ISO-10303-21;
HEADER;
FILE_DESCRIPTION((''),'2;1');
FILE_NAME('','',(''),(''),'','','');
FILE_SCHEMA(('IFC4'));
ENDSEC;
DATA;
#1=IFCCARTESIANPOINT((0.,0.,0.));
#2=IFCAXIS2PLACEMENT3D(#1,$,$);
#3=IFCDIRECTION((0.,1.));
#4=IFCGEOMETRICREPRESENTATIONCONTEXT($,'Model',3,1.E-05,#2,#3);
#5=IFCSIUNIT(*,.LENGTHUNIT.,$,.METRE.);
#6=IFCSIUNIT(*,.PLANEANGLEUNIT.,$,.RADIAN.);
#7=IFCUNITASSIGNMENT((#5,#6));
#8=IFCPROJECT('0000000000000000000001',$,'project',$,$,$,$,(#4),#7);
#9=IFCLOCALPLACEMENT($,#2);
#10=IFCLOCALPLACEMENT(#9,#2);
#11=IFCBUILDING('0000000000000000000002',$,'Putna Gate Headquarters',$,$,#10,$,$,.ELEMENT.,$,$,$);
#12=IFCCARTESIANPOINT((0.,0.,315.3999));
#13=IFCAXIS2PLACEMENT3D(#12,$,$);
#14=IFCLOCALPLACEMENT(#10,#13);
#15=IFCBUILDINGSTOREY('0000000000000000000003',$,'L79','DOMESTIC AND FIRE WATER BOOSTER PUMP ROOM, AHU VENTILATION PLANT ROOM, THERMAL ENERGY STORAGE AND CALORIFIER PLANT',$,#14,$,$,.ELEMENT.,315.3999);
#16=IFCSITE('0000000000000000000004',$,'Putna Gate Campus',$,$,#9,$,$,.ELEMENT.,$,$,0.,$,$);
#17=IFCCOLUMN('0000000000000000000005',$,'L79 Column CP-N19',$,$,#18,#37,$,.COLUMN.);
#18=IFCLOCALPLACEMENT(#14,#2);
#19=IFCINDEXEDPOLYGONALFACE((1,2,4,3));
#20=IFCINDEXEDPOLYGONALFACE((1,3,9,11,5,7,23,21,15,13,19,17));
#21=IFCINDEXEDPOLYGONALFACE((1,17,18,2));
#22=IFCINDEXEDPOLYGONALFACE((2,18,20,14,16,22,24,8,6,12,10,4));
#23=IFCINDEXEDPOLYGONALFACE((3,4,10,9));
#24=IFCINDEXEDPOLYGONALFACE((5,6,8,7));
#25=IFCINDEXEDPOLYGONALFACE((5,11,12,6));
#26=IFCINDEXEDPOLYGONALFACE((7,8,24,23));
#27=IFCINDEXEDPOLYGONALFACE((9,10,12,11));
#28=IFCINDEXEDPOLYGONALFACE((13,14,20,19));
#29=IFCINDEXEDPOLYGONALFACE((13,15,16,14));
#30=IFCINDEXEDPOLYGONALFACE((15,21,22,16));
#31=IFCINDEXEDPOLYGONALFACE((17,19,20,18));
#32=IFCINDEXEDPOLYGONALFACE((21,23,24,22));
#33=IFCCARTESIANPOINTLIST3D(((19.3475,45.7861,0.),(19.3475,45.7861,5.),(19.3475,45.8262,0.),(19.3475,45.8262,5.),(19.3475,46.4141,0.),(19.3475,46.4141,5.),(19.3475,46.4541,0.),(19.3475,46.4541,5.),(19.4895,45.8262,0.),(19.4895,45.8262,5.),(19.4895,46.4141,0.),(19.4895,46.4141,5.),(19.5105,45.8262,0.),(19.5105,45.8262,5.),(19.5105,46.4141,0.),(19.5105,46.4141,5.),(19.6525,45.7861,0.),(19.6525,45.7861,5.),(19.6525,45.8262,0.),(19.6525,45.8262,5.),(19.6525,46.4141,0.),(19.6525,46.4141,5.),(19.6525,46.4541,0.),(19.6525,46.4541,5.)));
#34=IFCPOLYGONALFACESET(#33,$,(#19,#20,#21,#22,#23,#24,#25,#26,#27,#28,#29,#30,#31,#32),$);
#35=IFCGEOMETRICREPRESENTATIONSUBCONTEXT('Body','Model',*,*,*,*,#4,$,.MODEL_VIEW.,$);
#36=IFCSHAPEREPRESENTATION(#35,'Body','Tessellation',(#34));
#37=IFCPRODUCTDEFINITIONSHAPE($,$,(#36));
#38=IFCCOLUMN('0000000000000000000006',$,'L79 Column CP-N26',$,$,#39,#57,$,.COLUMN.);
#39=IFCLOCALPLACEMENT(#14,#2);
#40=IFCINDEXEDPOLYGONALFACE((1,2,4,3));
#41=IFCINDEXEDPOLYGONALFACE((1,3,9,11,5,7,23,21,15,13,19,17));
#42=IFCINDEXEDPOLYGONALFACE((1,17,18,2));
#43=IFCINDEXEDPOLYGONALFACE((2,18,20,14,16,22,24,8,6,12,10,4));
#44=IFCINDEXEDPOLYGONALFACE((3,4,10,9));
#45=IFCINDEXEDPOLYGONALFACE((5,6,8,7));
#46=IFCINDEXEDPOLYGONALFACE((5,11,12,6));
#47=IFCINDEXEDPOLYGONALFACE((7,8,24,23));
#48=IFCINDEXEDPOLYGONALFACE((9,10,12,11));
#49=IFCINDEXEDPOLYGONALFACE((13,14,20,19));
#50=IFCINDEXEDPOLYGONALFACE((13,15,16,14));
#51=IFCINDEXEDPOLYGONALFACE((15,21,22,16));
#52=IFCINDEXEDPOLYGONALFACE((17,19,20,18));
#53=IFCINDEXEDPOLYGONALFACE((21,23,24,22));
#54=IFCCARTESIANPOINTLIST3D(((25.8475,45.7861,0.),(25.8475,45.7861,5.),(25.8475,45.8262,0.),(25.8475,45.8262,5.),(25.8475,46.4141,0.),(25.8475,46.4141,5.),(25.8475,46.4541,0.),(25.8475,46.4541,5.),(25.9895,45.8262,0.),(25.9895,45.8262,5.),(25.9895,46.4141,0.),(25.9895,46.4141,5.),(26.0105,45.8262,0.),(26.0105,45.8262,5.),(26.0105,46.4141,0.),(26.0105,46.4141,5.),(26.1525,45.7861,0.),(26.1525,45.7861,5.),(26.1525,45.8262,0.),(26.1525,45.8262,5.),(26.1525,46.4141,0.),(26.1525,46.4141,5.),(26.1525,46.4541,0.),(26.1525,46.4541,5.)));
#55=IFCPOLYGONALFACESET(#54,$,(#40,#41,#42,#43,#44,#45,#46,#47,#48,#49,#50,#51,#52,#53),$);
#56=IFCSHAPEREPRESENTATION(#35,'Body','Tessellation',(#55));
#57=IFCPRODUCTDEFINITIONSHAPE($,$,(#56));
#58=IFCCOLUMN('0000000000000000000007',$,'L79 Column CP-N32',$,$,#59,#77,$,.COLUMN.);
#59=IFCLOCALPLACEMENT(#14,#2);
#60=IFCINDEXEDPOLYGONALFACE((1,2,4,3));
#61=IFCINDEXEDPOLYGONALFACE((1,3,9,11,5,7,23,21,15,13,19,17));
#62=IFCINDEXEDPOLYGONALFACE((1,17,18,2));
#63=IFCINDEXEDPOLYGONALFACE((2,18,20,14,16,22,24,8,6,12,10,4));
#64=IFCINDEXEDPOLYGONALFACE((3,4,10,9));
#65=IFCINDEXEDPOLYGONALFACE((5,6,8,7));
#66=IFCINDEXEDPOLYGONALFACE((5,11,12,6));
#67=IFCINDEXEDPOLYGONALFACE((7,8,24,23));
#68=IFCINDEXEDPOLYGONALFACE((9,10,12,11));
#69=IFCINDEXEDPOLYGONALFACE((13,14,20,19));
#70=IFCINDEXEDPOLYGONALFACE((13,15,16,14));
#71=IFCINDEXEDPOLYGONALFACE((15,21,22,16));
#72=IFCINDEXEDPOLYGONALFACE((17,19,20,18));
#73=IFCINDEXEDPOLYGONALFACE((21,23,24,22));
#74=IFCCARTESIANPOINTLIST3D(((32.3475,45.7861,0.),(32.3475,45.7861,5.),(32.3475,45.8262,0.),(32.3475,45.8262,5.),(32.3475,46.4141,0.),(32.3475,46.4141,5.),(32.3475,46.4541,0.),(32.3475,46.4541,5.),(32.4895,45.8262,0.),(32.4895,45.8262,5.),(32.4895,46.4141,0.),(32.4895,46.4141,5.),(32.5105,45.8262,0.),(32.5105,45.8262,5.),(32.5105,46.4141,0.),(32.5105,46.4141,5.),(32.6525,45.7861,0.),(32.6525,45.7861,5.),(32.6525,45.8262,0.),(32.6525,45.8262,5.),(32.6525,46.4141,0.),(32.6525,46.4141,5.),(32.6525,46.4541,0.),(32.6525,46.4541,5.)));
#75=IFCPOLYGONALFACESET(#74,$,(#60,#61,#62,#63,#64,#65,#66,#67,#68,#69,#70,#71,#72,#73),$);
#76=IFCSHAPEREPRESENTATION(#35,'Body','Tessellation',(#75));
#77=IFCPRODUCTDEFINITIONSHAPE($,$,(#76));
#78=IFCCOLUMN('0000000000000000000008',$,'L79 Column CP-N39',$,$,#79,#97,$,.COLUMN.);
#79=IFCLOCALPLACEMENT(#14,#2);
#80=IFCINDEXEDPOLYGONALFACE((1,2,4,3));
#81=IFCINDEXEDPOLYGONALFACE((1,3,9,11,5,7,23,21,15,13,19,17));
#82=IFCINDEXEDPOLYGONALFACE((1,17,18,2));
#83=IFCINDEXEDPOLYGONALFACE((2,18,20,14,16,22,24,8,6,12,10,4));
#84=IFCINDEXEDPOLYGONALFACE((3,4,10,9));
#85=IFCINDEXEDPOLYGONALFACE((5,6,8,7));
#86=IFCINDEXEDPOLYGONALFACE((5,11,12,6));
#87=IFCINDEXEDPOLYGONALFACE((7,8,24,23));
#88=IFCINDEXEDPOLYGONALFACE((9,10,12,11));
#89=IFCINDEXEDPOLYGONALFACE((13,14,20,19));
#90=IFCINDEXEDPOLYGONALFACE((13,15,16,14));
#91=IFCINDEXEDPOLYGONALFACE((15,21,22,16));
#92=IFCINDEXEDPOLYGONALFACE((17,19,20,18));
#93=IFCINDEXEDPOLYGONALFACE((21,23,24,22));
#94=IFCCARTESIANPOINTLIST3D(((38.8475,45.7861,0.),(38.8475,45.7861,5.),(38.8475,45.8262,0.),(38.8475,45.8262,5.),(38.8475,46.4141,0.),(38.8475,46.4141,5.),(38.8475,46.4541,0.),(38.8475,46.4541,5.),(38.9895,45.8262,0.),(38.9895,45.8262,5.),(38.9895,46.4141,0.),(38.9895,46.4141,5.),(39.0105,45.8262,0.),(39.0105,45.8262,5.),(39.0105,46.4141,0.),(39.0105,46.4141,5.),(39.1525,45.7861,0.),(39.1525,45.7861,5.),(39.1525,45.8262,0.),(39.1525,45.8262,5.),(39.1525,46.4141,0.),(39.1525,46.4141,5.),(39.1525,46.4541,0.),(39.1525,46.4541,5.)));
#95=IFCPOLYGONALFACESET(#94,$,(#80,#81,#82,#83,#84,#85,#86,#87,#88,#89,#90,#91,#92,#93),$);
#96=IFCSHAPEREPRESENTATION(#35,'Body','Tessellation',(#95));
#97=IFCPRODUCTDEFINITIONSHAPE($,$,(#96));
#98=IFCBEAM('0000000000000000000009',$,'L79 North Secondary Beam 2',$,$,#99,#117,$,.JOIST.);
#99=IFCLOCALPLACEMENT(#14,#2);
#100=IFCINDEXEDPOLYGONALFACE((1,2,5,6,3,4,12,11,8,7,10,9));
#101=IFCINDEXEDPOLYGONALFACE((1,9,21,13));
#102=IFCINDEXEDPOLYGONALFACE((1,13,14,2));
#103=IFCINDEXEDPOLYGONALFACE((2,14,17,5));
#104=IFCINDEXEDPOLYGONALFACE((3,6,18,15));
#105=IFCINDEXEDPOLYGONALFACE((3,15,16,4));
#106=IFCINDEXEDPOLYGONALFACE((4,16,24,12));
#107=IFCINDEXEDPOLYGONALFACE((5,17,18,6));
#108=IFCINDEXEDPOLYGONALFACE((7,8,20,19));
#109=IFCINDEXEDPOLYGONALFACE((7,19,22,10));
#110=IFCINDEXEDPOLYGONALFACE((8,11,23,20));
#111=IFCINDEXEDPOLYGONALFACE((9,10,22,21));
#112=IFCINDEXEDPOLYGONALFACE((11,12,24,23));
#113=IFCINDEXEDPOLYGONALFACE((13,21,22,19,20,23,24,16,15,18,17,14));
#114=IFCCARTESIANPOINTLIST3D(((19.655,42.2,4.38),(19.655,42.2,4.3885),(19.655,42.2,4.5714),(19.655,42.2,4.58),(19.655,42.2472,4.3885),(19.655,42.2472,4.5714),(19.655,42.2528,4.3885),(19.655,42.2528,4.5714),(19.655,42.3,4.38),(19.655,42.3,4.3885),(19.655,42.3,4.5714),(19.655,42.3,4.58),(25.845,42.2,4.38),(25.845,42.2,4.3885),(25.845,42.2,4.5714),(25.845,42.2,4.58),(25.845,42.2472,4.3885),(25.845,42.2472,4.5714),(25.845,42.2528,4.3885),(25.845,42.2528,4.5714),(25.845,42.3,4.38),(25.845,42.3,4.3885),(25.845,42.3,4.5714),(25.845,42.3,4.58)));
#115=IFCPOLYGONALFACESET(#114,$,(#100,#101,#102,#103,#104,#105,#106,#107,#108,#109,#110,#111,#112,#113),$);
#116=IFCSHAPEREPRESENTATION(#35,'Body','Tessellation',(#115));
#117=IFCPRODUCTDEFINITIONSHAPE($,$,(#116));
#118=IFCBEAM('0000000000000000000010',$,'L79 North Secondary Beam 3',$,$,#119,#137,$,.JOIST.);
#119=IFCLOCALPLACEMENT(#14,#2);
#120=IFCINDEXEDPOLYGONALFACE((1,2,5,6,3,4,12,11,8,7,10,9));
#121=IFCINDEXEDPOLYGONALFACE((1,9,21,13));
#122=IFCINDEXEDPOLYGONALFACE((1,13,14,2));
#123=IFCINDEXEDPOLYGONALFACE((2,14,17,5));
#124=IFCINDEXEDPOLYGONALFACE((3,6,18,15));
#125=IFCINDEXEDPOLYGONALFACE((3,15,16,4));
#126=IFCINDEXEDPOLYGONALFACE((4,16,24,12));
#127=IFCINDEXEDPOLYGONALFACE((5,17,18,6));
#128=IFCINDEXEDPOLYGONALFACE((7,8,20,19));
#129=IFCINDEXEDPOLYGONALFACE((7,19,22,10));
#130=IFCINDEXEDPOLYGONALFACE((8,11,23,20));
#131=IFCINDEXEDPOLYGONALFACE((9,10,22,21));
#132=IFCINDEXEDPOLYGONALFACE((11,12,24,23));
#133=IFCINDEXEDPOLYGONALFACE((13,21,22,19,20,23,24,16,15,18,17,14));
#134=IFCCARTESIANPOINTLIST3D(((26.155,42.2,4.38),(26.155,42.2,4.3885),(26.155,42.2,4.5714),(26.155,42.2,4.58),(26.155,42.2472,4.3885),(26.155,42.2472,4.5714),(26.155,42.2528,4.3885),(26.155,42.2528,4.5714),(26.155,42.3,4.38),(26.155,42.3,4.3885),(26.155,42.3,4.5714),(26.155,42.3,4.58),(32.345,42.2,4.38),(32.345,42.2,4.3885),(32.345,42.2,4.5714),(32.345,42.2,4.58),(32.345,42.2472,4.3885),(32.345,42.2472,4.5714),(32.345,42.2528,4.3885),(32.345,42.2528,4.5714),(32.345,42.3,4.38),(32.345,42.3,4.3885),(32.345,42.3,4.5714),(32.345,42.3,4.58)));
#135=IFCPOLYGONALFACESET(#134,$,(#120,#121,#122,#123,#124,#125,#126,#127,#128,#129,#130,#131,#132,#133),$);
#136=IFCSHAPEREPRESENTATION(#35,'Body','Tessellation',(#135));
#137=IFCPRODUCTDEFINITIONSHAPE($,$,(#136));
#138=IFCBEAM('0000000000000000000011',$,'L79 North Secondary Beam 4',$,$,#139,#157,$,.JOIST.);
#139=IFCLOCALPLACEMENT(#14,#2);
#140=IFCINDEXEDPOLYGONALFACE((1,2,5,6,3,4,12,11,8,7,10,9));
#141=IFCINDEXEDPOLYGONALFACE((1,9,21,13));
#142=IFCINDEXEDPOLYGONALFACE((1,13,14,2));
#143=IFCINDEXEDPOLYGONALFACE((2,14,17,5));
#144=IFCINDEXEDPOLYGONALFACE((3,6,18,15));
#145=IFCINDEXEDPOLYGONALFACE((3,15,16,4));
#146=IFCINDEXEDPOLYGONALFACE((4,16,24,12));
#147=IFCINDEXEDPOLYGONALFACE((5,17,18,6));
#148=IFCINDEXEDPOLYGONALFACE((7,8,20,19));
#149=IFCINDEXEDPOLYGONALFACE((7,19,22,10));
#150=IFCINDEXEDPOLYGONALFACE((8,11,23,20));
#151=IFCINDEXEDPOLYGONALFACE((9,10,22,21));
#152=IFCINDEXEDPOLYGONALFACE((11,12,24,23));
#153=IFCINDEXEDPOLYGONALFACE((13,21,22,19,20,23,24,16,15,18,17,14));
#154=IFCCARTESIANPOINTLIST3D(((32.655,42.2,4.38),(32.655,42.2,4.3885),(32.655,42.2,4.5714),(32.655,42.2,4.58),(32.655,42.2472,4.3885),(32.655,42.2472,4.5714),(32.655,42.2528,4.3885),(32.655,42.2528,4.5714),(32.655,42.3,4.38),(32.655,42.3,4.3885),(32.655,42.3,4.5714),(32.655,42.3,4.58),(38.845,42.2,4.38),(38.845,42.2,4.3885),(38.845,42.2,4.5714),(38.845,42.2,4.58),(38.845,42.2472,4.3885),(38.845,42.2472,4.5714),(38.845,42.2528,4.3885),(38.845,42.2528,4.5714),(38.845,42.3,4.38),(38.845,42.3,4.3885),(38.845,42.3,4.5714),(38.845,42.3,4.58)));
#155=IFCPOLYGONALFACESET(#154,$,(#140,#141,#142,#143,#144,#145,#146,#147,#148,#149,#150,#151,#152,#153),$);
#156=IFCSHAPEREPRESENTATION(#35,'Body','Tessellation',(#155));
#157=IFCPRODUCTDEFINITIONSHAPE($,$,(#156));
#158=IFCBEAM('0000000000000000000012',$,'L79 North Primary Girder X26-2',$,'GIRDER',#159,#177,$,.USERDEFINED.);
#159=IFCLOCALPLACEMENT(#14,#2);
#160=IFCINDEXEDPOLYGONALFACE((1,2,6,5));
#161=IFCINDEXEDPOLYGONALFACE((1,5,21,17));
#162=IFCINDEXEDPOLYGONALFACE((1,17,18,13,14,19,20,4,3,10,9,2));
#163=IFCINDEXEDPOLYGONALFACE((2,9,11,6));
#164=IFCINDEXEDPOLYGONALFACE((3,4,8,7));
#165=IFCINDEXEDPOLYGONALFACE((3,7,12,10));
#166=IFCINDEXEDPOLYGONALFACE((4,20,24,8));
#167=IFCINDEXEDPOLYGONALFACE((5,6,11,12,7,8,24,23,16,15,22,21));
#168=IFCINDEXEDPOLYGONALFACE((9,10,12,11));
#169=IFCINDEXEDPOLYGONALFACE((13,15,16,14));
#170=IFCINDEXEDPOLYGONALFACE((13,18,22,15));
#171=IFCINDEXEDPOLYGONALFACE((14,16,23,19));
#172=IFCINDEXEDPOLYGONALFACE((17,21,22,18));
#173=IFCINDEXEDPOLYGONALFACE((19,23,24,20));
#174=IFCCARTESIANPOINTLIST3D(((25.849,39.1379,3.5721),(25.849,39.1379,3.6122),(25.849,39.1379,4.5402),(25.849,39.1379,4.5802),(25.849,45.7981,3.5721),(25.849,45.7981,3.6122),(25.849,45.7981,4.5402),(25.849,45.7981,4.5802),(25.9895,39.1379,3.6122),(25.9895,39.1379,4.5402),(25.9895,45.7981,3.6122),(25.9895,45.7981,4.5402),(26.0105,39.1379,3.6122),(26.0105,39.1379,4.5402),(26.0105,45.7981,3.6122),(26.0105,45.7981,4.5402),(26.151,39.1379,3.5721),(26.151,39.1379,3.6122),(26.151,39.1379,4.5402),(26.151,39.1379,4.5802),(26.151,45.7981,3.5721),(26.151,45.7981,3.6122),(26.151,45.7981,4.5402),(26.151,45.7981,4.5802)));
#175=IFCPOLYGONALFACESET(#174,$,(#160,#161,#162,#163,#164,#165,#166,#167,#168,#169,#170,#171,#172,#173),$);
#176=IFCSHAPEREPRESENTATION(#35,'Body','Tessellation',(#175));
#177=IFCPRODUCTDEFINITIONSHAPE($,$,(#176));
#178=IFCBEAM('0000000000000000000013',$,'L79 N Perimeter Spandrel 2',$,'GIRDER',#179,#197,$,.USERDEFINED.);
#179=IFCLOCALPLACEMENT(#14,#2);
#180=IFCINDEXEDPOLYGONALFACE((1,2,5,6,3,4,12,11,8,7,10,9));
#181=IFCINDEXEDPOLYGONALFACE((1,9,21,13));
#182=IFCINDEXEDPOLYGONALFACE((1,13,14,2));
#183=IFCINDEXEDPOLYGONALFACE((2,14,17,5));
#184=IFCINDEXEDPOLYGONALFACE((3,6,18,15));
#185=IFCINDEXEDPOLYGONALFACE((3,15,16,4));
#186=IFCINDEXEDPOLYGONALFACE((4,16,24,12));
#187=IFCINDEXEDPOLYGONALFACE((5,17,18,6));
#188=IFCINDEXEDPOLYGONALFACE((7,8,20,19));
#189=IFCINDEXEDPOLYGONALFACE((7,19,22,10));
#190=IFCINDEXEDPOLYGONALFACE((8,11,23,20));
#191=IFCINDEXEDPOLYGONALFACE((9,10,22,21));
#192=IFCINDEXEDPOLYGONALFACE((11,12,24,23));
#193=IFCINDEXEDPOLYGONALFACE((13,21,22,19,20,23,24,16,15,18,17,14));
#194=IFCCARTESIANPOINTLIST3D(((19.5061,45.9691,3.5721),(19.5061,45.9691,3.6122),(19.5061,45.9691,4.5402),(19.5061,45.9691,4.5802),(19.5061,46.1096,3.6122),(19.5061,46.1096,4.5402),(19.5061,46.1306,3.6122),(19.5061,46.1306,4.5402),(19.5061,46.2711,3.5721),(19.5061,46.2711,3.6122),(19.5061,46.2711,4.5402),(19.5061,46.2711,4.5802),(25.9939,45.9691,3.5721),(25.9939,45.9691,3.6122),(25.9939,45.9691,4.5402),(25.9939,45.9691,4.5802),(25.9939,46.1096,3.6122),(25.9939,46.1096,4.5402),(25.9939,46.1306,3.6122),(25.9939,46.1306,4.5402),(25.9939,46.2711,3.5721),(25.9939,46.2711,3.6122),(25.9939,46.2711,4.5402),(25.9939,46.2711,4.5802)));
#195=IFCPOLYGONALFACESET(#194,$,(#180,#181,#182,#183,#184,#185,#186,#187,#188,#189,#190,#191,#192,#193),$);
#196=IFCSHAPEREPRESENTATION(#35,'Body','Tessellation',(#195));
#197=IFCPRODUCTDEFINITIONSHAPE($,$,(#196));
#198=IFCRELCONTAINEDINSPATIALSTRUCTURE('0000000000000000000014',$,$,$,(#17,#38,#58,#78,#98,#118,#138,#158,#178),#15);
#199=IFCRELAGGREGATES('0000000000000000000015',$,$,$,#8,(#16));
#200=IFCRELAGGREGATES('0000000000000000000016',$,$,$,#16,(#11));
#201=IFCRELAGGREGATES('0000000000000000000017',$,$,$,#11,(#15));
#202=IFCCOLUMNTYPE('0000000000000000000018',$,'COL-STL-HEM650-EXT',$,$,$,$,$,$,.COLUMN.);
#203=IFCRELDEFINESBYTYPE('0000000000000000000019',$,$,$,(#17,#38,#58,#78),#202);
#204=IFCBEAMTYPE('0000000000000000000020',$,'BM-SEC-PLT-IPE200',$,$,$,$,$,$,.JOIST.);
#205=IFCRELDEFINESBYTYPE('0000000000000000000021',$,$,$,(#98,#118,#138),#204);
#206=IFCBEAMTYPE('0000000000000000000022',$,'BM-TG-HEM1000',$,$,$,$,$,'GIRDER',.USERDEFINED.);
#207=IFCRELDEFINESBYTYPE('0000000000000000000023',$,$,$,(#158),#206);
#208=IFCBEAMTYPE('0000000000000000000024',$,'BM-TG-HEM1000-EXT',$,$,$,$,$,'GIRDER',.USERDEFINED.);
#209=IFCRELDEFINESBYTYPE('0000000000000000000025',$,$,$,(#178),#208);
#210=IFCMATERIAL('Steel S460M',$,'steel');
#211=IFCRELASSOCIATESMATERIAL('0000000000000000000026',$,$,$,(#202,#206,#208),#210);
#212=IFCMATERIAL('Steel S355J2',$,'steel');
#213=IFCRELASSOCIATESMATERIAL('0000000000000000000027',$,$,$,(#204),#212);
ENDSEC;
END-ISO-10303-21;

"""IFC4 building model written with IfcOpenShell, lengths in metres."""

from ifc_helpers import new_model, si_unit, direction, frame, origin, origin_2d, place, context, subcontext, project, spatial, i_section, extrude, material, material_profile, profile_set, type_object, element, save


model = new_model("IFC4")

# Units and contexts
model_context = context("Model", 3, precision=1e-05, world=origin(), true_north=direction((0.0, 1.0)))
body_context = subcontext(model_context, "Body", "Model", "MODEL_VIEW")
ifc_project = project(units=[si_unit("LENGTHUNIT", "METRE"), si_unit("PLANEANGLEUNIT", "RADIAN")], contexts=[model_context])

# Site, building, storey
site_placement = place(None, origin())
site = spatial("IfcSite", under=ifc_project, at=site_placement, Name="Putna Gate Campus", CompositionType="ELEMENT", RefElevation=0.0)
building_placement = place(site_placement, origin())
building = spatial("IfcBuilding", under=site, at=building_placement, Name="Putna Gate Headquarters", CompositionType="ELEMENT")
storey_placement = place(building_placement, frame((0.0, 0.0, 315.3999)))
storey = spatial("IfcBuildingStorey", under=building, at=storey_placement, Name="L79", Description="DOMESTIC AND FIRE WATER BOOSTER PUMP ROOM, AHU VENTILATION PLANT ROOM, THERMAL ENERGY STORAGE AND CALORIFIER PLANT", CompositionType="ELEMENT", Elevation=315.3999)

# Columns
ifc_material_1 = material(Name="Steel S460M", Category="steel")
ifc_material_profile_1 = material_profile(ifc_material_1, i_section(OverallWidth=0.3049, OverallDepth=0.668, WebThickness=0.021, FlangeThickness=0.04, at=origin_2d()), Name="Steel S460M")
ifc_profile_set_1 = profile_set([ifc_material_profile_1], Name="Steel S460M")
column_type = type_object("IfcColumnType", Name="COL-STL-HEM650-EXT", PredefinedType="COLUMN", material=ifc_profile_set_1)
for number, where, z_axis, x_axis, name in (
    (1, (19.5, 46.1201, 0.0), (0.0, 0.0, 1.0), (1.0, 0.0, 0.0), "L79 Column CP-N19"),
    (2, (26.0, 46.1201, 0.0), (0.0, 0.0, 1.0), (1.0, 0.0, 0.0), "L79 Column CP-N26"),
    (3, (32.5, 46.1201, 0.0), (0.0, 0.0, 1.0), (1.0, 0.0, 0.0), "L79 Column CP-N32"),
    (4, (39.0, 46.1201, 0.0), (0.0, 0.0, 1.0), (1.0, 0.0, 0.0), "L79 Column CP-N39"),
):
    element("IfcColumn", number, at=place(storey_placement, frame(where, z_axis=z_axis, x_axis=x_axis)), inside=storey, type_object=column_type, Name=name, PredefinedType="COLUMN", context=body_context, shape_type="SweptSolid", body=[
        extrude(i_section(OverallWidth=0.3049, OverallDepth=0.668, WebThickness=0.021, FlangeThickness=0.04, at=origin_2d()), origin(), (0.0, 0.0, 1.0), 5.0),
    ])

# Beams
ifc_material_2 = material(Name="Steel S355J2", Category="steel")
ifc_material_profile_2 = material_profile(ifc_material_2, i_section(OverallWidth=0.1001, OverallDepth=0.2, WebThickness=0.0056, FlangeThickness=0.0085, at=origin_2d()), Name="Steel S355J2")
ifc_profile_set_2 = profile_set([ifc_material_profile_2], Name="Steel S355J2")
beam_type_1 = type_object("IfcBeamType", Name="BM-SEC-PLT-IPE200", PredefinedType="JOIST", material=ifc_profile_set_2)
for number, where, z_axis, x_axis, name in (
    (5, (19.655, 42.25, 4.48), (1.0, 0.0, 0.0), (0.0, 1.0, 0.0), "L79 North Secondary Beam 2"),
    (6, (26.155, 42.25, 4.48), (1.0, 0.0, 0.0), (0.0, 1.0, 0.0), "L79 North Secondary Beam 3"),
    (7, (32.655, 42.25, 4.48), (1.0, 0.0, 0.0), (0.0, 1.0, 0.0), "L79 North Secondary Beam 4"),
):
    element("IfcBeam", number, at=place(storey_placement, frame(where, z_axis=z_axis, x_axis=x_axis)), inside=storey, type_object=beam_type_1, Name=name, PredefinedType="JOIST", context=body_context, shape_type="SweptSolid", body=[
        extrude(i_section(OverallWidth=0.1001, OverallDepth=0.2, WebThickness=0.0056, FlangeThickness=0.0085, at=origin_2d()), origin(), (0.0, 0.0, 1.0), 6.1899),
    ])
ifc_material_profile_3 = material_profile(ifc_material_1, i_section(OverallWidth=0.302, OverallDepth=1.0081, WebThickness=0.021, FlangeThickness=0.04, at=origin_2d()), Name="Steel S460M")
ifc_profile_set_3 = profile_set([ifc_material_profile_3], Name="Steel S460M")
beam_type_2 = type_object("IfcBeamType", Name="BM-TG-HEM1000", ElementType="GIRDER", PredefinedType="USERDEFINED", material=ifc_profile_set_3)
beam_placement = place(storey_placement, frame((26.0, 39.1379, 4.0762), z_axis=(0.0, 1.0, 0.0), x_axis=(-1.0, 0.0, 0.0)))
element("IfcBeam", 8, at=beam_placement, inside=storey, type_object=beam_type_2, Name="L79 North Primary Girder X26-2", ObjectType="GIRDER", PredefinedType="USERDEFINED", context=body_context, shape_type="SweptSolid", body=[
    extrude(i_section(OverallWidth=0.302, OverallDepth=1.0081, WebThickness=0.021, FlangeThickness=0.04, at=origin_2d()), origin(), (0.0, 0.0, 1.0), 6.6602),
])
ifc_material_profile_4 = material_profile(ifc_material_1, i_section(OverallWidth=0.302, OverallDepth=1.0081, WebThickness=0.021, FlangeThickness=0.04, at=origin_2d()), Name="Steel S460M")
ifc_profile_set_4 = profile_set([ifc_material_profile_4], Name="Steel S460M")
beam_type_3 = type_object("IfcBeamType", Name="BM-TG-HEM1000-EXT", ElementType="GIRDER", PredefinedType="USERDEFINED", material=ifc_profile_set_4)
for number, where, z_axis, x_axis, name in (
    (9, (19.5061, 46.1201, 4.0762), (1.0, 0.0, 0.0), (0.0, 1.0, 0.0), "L79 N Perimeter Spandrel 2"),
):
    element("IfcBeam", number, at=place(storey_placement, frame(where, z_axis=z_axis, x_axis=x_axis)), inside=storey, type_object=beam_type_3, Name=name, ObjectType="GIRDER", PredefinedType="USERDEFINED", context=body_context, shape_type="SweptSolid", body=[
        extrude(i_section(OverallWidth=0.302, OverallDepth=1.0081, WebThickness=0.021, FlangeThickness=0.04, at=origin_2d()), origin(), (0.0, 0.0, 1.0), 6.4878),
    ])

save(model, "model.ifc")
